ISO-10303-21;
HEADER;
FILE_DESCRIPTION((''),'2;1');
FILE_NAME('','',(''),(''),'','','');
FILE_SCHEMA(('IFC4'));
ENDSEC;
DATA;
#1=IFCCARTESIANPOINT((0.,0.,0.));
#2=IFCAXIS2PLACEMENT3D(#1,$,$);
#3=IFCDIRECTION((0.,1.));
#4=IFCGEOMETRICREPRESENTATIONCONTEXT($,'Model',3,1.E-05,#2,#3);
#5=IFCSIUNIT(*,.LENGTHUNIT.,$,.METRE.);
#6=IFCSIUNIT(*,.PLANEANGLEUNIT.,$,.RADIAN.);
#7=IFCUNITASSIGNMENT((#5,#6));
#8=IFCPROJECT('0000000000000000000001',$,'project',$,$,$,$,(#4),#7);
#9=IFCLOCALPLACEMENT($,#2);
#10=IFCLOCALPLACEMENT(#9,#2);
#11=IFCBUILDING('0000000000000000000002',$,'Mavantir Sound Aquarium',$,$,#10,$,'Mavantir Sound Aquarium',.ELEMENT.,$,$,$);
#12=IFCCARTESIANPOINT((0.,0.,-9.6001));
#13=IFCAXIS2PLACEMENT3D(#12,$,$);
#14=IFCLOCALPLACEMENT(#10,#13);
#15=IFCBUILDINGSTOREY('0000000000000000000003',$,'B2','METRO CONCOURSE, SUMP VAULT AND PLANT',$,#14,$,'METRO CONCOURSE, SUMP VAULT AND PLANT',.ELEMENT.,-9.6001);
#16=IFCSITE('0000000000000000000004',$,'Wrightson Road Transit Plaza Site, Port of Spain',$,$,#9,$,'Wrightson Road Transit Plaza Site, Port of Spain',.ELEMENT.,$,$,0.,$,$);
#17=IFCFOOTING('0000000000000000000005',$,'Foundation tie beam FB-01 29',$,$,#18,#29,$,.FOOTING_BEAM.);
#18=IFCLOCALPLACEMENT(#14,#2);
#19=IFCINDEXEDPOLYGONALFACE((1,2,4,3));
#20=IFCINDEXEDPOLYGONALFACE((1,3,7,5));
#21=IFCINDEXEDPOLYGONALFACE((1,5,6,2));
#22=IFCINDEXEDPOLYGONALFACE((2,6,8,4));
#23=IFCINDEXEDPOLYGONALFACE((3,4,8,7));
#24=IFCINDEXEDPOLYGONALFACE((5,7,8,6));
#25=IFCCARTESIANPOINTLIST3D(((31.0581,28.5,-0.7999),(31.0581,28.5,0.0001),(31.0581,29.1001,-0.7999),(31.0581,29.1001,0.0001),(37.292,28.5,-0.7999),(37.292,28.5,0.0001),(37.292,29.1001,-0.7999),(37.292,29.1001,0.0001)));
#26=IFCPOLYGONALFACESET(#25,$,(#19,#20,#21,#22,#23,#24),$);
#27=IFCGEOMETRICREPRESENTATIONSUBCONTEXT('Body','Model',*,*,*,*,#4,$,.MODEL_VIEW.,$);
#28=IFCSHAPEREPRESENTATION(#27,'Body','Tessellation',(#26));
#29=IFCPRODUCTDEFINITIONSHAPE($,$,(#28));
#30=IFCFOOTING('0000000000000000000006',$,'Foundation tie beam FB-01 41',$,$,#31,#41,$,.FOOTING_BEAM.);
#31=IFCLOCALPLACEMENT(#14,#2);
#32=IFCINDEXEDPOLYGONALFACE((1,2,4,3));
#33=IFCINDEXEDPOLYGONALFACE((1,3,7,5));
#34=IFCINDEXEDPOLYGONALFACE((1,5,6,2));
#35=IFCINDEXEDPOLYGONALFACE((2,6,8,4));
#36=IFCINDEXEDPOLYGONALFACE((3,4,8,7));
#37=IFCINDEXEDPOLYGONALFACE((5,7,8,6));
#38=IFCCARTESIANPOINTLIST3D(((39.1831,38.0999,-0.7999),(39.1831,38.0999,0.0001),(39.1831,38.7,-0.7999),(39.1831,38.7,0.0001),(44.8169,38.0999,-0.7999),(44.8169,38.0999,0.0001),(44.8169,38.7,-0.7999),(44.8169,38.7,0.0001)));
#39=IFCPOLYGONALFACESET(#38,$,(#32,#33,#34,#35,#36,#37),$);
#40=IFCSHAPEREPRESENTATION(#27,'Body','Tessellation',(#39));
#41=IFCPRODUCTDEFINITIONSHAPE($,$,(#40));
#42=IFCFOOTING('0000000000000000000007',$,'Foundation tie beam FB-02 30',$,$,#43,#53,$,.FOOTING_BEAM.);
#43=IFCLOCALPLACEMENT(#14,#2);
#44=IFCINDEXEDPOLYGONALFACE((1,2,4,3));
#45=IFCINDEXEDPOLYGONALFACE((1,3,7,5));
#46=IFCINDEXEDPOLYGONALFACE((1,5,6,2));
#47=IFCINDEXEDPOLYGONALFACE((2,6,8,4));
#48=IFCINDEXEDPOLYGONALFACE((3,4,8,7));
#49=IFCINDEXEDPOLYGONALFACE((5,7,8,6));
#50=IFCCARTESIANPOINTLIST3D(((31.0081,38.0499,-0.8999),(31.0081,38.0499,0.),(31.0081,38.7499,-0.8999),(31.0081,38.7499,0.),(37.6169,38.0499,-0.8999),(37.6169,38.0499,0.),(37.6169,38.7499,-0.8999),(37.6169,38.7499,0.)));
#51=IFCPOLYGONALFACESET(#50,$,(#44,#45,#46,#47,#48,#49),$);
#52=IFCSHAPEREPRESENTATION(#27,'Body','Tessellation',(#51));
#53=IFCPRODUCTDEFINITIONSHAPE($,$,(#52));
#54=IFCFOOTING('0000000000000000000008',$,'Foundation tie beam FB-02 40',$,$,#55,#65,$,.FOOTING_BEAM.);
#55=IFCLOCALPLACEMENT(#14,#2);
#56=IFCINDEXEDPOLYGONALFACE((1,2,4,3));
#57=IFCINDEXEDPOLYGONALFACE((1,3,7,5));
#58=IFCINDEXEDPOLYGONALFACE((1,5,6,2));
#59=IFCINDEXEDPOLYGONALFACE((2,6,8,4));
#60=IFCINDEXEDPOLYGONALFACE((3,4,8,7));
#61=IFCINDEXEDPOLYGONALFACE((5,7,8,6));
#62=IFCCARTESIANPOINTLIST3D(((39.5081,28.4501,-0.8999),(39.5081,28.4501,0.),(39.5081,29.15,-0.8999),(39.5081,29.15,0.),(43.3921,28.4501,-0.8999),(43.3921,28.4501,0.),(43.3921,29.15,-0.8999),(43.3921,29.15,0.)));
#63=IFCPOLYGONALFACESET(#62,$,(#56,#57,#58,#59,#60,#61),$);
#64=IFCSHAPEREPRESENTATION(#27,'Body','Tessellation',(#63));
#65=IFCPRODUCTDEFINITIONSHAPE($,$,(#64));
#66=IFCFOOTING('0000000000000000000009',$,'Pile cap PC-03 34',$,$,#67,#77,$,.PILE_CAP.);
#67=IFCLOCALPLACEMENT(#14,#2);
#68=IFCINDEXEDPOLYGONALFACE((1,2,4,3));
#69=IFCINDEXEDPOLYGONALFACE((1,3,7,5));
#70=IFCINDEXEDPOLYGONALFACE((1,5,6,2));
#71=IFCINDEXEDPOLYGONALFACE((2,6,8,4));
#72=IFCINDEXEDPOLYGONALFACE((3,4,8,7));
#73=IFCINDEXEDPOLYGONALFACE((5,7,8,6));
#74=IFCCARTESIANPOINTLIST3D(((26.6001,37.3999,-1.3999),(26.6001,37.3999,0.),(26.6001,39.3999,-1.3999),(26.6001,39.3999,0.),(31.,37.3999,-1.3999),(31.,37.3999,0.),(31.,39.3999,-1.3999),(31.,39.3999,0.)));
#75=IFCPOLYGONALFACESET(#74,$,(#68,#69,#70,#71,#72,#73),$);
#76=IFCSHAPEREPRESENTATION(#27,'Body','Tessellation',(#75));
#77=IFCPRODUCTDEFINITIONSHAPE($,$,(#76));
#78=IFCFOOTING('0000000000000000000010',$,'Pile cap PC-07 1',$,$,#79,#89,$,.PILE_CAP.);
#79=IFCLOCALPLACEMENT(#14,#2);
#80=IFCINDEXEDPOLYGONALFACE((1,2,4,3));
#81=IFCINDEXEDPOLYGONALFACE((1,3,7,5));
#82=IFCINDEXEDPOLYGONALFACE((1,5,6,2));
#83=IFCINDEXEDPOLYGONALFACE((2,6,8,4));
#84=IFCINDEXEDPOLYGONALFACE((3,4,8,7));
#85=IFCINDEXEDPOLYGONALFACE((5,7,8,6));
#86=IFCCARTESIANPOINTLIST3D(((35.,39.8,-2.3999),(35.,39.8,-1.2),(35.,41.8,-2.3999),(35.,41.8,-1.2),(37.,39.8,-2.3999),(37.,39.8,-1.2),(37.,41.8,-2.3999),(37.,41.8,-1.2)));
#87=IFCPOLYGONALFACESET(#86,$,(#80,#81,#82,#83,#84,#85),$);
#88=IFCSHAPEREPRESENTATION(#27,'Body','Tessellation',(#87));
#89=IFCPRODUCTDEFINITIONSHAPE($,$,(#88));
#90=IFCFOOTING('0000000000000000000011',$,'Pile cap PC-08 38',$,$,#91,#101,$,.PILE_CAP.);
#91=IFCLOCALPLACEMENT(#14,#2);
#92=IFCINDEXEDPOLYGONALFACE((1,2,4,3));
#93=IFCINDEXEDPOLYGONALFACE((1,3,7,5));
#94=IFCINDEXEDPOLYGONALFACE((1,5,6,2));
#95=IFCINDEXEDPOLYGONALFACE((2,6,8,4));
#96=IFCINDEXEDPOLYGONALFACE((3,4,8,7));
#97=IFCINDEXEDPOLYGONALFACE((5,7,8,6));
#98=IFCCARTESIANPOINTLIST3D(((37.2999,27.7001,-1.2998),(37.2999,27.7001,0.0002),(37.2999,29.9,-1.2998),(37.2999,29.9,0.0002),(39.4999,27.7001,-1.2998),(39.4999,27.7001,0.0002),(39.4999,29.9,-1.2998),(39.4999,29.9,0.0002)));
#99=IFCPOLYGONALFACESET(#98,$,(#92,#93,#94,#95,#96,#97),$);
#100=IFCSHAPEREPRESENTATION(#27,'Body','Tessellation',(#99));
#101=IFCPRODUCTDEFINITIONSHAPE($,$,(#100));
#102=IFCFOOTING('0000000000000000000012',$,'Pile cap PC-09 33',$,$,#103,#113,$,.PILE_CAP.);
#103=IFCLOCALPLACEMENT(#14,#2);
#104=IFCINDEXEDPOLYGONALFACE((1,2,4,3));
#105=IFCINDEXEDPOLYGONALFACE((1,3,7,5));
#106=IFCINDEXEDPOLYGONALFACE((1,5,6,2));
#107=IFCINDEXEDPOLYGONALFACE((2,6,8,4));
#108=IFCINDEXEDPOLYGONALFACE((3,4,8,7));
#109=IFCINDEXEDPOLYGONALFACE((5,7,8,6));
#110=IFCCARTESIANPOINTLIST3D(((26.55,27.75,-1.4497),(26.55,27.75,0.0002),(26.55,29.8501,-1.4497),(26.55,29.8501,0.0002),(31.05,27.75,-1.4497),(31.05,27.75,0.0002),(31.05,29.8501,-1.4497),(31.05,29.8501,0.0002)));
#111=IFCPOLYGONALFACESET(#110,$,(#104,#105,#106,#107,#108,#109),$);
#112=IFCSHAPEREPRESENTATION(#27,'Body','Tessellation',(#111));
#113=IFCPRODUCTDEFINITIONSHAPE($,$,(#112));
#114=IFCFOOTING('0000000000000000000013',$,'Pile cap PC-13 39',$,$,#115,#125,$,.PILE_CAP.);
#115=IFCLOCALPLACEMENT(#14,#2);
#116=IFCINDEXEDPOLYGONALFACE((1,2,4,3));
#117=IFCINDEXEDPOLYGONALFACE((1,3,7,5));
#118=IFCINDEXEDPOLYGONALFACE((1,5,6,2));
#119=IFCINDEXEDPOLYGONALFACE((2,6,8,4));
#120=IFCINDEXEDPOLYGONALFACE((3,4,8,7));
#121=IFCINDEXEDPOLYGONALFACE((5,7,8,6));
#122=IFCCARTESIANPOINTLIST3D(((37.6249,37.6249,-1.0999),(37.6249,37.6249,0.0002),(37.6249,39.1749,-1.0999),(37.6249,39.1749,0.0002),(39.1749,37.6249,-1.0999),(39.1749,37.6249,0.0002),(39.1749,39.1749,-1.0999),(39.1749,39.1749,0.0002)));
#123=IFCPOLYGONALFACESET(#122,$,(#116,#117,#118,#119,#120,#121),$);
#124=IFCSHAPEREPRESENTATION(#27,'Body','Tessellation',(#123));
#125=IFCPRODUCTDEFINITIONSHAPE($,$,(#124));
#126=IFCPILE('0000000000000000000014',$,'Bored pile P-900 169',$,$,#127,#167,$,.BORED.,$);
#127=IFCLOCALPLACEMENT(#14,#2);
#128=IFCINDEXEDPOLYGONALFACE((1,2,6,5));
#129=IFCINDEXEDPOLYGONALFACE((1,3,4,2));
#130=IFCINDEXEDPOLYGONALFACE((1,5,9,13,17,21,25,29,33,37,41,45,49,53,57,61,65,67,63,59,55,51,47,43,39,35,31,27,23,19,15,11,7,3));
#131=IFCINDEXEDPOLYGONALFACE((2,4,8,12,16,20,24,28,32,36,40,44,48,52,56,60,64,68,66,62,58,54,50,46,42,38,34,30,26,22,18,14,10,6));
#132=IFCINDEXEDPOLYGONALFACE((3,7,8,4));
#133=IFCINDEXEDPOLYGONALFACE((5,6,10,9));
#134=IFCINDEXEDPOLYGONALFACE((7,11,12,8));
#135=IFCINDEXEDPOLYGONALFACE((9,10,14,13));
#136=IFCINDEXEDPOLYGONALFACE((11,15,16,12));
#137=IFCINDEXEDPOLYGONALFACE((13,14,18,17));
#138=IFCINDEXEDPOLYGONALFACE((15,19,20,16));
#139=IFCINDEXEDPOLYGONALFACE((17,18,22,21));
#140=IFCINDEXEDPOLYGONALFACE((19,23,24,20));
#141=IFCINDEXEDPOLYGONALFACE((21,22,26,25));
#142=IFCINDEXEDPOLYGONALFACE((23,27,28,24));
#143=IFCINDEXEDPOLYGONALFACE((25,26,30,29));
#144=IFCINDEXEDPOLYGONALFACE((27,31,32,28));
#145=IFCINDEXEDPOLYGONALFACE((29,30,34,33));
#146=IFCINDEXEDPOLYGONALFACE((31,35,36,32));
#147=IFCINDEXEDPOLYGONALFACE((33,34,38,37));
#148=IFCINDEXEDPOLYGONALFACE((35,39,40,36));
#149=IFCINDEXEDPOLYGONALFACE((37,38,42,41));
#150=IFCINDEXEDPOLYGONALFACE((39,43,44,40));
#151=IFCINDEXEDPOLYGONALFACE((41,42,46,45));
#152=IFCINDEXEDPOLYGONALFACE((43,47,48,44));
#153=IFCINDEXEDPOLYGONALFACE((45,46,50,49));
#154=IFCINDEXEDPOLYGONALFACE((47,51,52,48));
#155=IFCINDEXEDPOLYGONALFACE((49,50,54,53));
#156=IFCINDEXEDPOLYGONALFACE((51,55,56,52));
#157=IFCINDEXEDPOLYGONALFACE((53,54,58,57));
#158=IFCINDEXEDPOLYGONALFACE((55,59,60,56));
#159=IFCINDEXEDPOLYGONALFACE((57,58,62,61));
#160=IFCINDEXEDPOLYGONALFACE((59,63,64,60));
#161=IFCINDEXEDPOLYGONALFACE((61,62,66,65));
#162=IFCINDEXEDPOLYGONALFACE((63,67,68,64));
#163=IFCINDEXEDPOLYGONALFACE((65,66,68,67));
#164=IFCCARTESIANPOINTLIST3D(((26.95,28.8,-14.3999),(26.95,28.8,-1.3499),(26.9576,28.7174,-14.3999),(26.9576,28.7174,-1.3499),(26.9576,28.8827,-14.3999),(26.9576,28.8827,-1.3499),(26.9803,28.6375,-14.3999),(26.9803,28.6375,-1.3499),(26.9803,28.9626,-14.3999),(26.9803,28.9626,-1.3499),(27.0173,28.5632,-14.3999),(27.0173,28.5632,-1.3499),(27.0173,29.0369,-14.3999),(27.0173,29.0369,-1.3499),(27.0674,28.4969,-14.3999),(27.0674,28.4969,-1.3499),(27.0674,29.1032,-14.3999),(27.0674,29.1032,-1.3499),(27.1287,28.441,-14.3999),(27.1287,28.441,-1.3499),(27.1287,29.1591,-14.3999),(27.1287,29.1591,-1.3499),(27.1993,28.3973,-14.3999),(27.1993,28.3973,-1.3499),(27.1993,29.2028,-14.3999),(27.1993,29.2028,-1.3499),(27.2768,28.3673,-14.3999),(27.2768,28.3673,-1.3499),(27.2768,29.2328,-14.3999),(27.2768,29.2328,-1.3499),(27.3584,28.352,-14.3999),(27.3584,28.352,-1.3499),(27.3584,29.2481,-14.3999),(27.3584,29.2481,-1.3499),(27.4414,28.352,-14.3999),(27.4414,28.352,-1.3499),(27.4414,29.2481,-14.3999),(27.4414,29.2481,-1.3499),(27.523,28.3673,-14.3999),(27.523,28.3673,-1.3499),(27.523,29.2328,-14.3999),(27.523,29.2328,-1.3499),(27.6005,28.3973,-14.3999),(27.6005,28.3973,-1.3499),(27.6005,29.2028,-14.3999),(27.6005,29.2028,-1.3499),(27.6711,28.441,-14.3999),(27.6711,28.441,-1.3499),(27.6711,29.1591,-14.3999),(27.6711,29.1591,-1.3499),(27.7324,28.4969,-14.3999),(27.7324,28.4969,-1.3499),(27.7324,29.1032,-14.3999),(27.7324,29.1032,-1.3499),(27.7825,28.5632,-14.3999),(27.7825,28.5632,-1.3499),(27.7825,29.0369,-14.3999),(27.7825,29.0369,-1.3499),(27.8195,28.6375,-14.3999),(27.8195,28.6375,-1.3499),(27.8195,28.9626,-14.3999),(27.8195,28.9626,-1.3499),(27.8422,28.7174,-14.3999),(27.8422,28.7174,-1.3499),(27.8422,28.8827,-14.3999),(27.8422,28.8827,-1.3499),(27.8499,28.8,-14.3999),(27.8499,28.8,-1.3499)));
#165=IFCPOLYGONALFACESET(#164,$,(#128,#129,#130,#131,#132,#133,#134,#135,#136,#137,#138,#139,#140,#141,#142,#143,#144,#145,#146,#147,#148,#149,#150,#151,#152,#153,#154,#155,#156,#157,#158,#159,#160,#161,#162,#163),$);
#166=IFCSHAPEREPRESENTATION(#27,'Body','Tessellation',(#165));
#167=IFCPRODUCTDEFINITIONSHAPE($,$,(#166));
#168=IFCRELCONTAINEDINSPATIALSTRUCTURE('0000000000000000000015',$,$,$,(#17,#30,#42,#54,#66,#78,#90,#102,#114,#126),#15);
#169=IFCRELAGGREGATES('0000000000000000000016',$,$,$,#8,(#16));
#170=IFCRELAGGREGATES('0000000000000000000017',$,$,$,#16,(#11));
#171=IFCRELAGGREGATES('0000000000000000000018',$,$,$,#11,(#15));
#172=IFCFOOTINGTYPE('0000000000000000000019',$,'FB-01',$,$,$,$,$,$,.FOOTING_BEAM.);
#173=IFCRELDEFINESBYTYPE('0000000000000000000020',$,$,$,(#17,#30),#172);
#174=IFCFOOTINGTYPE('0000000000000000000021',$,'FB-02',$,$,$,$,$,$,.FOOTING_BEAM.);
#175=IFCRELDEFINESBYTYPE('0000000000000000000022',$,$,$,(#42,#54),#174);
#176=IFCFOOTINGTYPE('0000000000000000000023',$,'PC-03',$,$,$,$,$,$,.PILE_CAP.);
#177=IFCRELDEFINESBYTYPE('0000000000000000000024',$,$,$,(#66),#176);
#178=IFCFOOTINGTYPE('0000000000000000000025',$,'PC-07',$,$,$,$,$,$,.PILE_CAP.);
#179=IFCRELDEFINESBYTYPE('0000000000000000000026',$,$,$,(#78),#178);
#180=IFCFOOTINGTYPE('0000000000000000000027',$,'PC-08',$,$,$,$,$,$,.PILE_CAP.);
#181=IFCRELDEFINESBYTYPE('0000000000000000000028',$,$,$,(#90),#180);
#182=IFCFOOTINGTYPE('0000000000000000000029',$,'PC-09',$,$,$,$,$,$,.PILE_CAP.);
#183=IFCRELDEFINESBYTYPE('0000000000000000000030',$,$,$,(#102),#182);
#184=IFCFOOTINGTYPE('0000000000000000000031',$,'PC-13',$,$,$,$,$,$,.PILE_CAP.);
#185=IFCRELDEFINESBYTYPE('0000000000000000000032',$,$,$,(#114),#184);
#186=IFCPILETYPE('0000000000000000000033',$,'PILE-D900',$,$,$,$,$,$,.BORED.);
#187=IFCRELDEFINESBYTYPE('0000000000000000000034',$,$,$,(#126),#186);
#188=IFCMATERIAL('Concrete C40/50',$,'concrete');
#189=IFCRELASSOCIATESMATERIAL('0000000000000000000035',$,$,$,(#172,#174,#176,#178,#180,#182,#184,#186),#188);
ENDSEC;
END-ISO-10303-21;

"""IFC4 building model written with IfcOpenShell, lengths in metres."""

from ifc_helpers import new_model, si_unit, direction, frame, origin, origin_2d, place, context, subcontext, project, spatial, rectangle, circle, extrude, material, material_profile, profile_set, type_object, element, save


model = new_model("IFC4")

# Units and contexts
model_context = context("Model", 3, precision=1e-05, world=origin(), true_north=direction((0.0, 1.0)))
body_context = subcontext(model_context, "Body", "Model", "MODEL_VIEW")
ifc_project = project(units=[si_unit("LENGTHUNIT", "METRE"), si_unit("PLANEANGLEUNIT", "RADIAN")], contexts=[model_context])

# Site, building, storey
site_placement = place(None, origin())
site = spatial("IfcSite", under=ifc_project, at=site_placement, Name="Wrightson Road Transit Plaza Site, Port of Spain", LongName="Wrightson Road Transit Plaza Site, Port of Spain", CompositionType="ELEMENT", RefElevation=0.0)
building_placement = place(site_placement, origin())
building = spatial("IfcBuilding", under=site, at=building_placement, Name="Mavantir Sound Aquarium", LongName="Mavantir Sound Aquarium", CompositionType="ELEMENT")
storey_placement = place(building_placement, frame((0.0, 0.0, -9.6001)))
storey = spatial("IfcBuildingStorey", under=building, at=storey_placement, Name="B2", Description="METRO CONCOURSE, SUMP VAULT AND PLANT", LongName="METRO CONCOURSE, SUMP VAULT AND PLANT", CompositionType="ELEMENT", Elevation=-9.6001)

# Footings
ifc_material_1 = material(Name="Concrete C40/50", Category="concrete")
ifc_material_profile_1 = material_profile(ifc_material_1, rectangle(XDim=0.6001, YDim=0.8, at=origin_2d()), Name="RC 600X800")
ifc_profile_set_1 = profile_set([ifc_material_profile_1], Name="Concrete C40/50")
footing_type_1 = type_object("IfcFootingType", Name="FB-01", PredefinedType="FOOTING_BEAM", material=ifc_profile_set_1)
footing_1_placement = place(storey_placement, frame((31.0581, 28.8, -0.3999), z_axis=(1.0, 0.0, 0.0), x_axis=(0.0, 1.0, 0.0)))
element("IfcFooting", 1, at=footing_1_placement, inside=storey, type_object=footing_type_1, Name="Foundation tie beam FB-01 29", PredefinedType="FOOTING_BEAM", context=body_context, shape_type="SweptSolid", body=[
    extrude(rectangle(XDim=0.6001, YDim=0.8, at=origin_2d()), origin(), (0.0, 0.0, 1.0), 6.2339),
])
footing_2_placement = place(storey_placement, frame((39.1831, 38.3999, -0.3999), z_axis=(1.0, 0.0, 0.0), x_axis=(0.0, 1.0, 0.0)))
element("IfcFooting", 2, at=footing_2_placement, inside=storey, type_object=footing_type_1, Name="Foundation tie beam FB-01 41", PredefinedType="FOOTING_BEAM", context=body_context, shape_type="SweptSolid", body=[
    extrude(rectangle(XDim=0.6001, YDim=0.8, at=origin_2d()), origin(), (0.0, 0.0, 1.0), 5.6338),
])
ifc_material_profile_2 = material_profile(ifc_material_1, rectangle(XDim=0.7, YDim=0.8999, at=origin_2d()), Name="RC 700X900")
ifc_profile_set_2 = profile_set([ifc_material_profile_2], Name="Concrete C40/50")
footing_type_2 = type_object("IfcFootingType", Name="FB-02", PredefinedType="FOOTING_BEAM", material=ifc_profile_set_2)
footing_3_placement = place(storey_placement, frame((31.0081, 38.3999, -0.45), z_axis=(1.0, 0.0, 0.0), x_axis=(0.0, 1.0, 0.0)))
element("IfcFooting", 3, at=footing_3_placement, inside=storey, type_object=footing_type_2, Name="Foundation tie beam FB-02 30", PredefinedType="FOOTING_BEAM", context=body_context, shape_type="SweptSolid", body=[
    extrude(rectangle(XDim=0.7, YDim=0.8999, at=origin_2d()), origin(), (0.0, 0.0, 1.0), 6.6089),
])
footing_4_placement = place(storey_placement, frame((39.5081, 28.8, -0.45), z_axis=(1.0, 0.0, 0.0), x_axis=(0.0, 1.0, 0.0)))
element("IfcFooting", 4, at=footing_4_placement, inside=storey, type_object=footing_type_2, Name="Foundation tie beam FB-02 40", PredefinedType="FOOTING_BEAM", context=body_context, shape_type="SweptSolid", body=[
    extrude(rectangle(XDim=0.7, YDim=0.8999, at=origin_2d()), origin(), (0.0, 0.0, 1.0), 3.884),
])
footing_type_3 = type_object("IfcFootingType", Name="PC-03", PredefinedType="PILE_CAP", material=ifc_material_1)
footing_5_placement = place(storey_placement, frame((28.8, 38.3999, -1.3999), z_axis=(0.0, 0.0, 1.0), x_axis=(1.0, 0.0, 0.0)))
element("IfcFooting", 5, at=footing_5_placement, inside=storey, type_object=footing_type_3, Name="Pile cap PC-03 34", PredefinedType="PILE_CAP", context=body_context, shape_type="SweptSolid", body=[
    extrude(rectangle(XDim=4.3999, YDim=2.0, at=origin_2d()), origin(), (0.0, 0.0, 1.0), 1.3999),
])
footing_type_4 = type_object("IfcFootingType", Name="PC-07", PredefinedType="PILE_CAP", material=ifc_material_1)
footing_6_placement = place(storey_placement, frame((36.0, 40.8, -2.3999), z_axis=(0.0, 0.0, 1.0), x_axis=(1.0, 0.0, 0.0)))
element("IfcFooting", 6, at=footing_6_placement, inside=storey, type_object=footing_type_4, Name="Pile cap PC-07 1", PredefinedType="PILE_CAP", context=body_context, shape_type="SweptSolid", body=[
    extrude(rectangle(XDim=2.0, YDim=2.0, at=origin_2d()), origin(), (0.0, 0.0, 1.0), 1.2),
])
footing_type_5 = type_object("IfcFootingType", Name="PC-08", PredefinedType="PILE_CAP", material=ifc_material_1)
footing_7_placement = place(storey_placement, frame((38.3999, 28.8, -1.2998), z_axis=(0.0, 0.0, 1.0), x_axis=(1.0, 0.0, 0.0)))
element("IfcFooting", 7, at=footing_7_placement, inside=storey, type_object=footing_type_5, Name="Pile cap PC-08 38", PredefinedType="PILE_CAP", context=body_context, shape_type="SweptSolid", body=[
    extrude(rectangle(XDim=2.2, YDim=2.2, at=origin_2d()), origin(), (0.0, 0.0, 1.0), 1.3),
])
footing_type_6 = type_object("IfcFootingType", Name="PC-09", PredefinedType="PILE_CAP", material=ifc_material_1)
footing_8_placement = place(storey_placement, frame((28.8, 28.8, -1.4497), z_axis=(0.0, 0.0, 1.0), x_axis=(1.0, 0.0, 0.0)))
element("IfcFooting", 8, at=footing_8_placement, inside=storey, type_object=footing_type_6, Name="Pile cap PC-09 33", PredefinedType="PILE_CAP", context=body_context, shape_type="SweptSolid", body=[
    extrude(rectangle(XDim=4.5, YDim=2.1001, at=origin_2d()), origin(), (0.0, 0.0, 1.0), 1.45),
])
footing_type_7 = type_object("IfcFootingType", Name="PC-13", PredefinedType="PILE_CAP", material=ifc_material_1)
footing_9_placement = place(storey_placement, frame((38.3999, 38.3999, -1.0999), z_axis=(0.0, 0.0, 1.0), x_axis=(1.0, 0.0, 0.0)))
element("IfcFooting", 9, at=footing_9_placement, inside=storey, type_object=footing_type_7, Name="Pile cap PC-13 39", PredefinedType="PILE_CAP", context=body_context, shape_type="SweptSolid", body=[
    extrude(rectangle(XDim=1.55, YDim=1.55, at=origin_2d()), origin(), (0.0, 0.0, 1.0), 1.1001),
])

# Pile
ifc_material_profile_3 = material_profile(ifc_material_1, circle(Radius=0.45, at=origin_2d()), Name="PILE D900")
ifc_profile_set_3 = profile_set([ifc_material_profile_3], Name="Concrete C40/50")
pile_type = type_object("IfcPileType", Name="PILE-D900", PredefinedType="BORED", material=ifc_profile_set_3)
for number, where, z_axis, x_axis, name in (
    (10, (27.3999, 28.8, -1.3499), (0.0, 0.0, -1.0), (1.0, 0.0, 0.0), "Bored pile P-900 169"),
):
    element("IfcPile", number, at=place(storey_placement, frame(where, z_axis=z_axis, x_axis=x_axis)), inside=storey, type_object=pile_type, Name=name, PredefinedType="BORED", context=body_context, shape_type="SweptSolid", body=[
        extrude(circle(Radius=0.45, at=origin_2d()), origin(), (0.0, 0.0, 1.0), 13.05),
    ])

save(model, "model.ifc")
